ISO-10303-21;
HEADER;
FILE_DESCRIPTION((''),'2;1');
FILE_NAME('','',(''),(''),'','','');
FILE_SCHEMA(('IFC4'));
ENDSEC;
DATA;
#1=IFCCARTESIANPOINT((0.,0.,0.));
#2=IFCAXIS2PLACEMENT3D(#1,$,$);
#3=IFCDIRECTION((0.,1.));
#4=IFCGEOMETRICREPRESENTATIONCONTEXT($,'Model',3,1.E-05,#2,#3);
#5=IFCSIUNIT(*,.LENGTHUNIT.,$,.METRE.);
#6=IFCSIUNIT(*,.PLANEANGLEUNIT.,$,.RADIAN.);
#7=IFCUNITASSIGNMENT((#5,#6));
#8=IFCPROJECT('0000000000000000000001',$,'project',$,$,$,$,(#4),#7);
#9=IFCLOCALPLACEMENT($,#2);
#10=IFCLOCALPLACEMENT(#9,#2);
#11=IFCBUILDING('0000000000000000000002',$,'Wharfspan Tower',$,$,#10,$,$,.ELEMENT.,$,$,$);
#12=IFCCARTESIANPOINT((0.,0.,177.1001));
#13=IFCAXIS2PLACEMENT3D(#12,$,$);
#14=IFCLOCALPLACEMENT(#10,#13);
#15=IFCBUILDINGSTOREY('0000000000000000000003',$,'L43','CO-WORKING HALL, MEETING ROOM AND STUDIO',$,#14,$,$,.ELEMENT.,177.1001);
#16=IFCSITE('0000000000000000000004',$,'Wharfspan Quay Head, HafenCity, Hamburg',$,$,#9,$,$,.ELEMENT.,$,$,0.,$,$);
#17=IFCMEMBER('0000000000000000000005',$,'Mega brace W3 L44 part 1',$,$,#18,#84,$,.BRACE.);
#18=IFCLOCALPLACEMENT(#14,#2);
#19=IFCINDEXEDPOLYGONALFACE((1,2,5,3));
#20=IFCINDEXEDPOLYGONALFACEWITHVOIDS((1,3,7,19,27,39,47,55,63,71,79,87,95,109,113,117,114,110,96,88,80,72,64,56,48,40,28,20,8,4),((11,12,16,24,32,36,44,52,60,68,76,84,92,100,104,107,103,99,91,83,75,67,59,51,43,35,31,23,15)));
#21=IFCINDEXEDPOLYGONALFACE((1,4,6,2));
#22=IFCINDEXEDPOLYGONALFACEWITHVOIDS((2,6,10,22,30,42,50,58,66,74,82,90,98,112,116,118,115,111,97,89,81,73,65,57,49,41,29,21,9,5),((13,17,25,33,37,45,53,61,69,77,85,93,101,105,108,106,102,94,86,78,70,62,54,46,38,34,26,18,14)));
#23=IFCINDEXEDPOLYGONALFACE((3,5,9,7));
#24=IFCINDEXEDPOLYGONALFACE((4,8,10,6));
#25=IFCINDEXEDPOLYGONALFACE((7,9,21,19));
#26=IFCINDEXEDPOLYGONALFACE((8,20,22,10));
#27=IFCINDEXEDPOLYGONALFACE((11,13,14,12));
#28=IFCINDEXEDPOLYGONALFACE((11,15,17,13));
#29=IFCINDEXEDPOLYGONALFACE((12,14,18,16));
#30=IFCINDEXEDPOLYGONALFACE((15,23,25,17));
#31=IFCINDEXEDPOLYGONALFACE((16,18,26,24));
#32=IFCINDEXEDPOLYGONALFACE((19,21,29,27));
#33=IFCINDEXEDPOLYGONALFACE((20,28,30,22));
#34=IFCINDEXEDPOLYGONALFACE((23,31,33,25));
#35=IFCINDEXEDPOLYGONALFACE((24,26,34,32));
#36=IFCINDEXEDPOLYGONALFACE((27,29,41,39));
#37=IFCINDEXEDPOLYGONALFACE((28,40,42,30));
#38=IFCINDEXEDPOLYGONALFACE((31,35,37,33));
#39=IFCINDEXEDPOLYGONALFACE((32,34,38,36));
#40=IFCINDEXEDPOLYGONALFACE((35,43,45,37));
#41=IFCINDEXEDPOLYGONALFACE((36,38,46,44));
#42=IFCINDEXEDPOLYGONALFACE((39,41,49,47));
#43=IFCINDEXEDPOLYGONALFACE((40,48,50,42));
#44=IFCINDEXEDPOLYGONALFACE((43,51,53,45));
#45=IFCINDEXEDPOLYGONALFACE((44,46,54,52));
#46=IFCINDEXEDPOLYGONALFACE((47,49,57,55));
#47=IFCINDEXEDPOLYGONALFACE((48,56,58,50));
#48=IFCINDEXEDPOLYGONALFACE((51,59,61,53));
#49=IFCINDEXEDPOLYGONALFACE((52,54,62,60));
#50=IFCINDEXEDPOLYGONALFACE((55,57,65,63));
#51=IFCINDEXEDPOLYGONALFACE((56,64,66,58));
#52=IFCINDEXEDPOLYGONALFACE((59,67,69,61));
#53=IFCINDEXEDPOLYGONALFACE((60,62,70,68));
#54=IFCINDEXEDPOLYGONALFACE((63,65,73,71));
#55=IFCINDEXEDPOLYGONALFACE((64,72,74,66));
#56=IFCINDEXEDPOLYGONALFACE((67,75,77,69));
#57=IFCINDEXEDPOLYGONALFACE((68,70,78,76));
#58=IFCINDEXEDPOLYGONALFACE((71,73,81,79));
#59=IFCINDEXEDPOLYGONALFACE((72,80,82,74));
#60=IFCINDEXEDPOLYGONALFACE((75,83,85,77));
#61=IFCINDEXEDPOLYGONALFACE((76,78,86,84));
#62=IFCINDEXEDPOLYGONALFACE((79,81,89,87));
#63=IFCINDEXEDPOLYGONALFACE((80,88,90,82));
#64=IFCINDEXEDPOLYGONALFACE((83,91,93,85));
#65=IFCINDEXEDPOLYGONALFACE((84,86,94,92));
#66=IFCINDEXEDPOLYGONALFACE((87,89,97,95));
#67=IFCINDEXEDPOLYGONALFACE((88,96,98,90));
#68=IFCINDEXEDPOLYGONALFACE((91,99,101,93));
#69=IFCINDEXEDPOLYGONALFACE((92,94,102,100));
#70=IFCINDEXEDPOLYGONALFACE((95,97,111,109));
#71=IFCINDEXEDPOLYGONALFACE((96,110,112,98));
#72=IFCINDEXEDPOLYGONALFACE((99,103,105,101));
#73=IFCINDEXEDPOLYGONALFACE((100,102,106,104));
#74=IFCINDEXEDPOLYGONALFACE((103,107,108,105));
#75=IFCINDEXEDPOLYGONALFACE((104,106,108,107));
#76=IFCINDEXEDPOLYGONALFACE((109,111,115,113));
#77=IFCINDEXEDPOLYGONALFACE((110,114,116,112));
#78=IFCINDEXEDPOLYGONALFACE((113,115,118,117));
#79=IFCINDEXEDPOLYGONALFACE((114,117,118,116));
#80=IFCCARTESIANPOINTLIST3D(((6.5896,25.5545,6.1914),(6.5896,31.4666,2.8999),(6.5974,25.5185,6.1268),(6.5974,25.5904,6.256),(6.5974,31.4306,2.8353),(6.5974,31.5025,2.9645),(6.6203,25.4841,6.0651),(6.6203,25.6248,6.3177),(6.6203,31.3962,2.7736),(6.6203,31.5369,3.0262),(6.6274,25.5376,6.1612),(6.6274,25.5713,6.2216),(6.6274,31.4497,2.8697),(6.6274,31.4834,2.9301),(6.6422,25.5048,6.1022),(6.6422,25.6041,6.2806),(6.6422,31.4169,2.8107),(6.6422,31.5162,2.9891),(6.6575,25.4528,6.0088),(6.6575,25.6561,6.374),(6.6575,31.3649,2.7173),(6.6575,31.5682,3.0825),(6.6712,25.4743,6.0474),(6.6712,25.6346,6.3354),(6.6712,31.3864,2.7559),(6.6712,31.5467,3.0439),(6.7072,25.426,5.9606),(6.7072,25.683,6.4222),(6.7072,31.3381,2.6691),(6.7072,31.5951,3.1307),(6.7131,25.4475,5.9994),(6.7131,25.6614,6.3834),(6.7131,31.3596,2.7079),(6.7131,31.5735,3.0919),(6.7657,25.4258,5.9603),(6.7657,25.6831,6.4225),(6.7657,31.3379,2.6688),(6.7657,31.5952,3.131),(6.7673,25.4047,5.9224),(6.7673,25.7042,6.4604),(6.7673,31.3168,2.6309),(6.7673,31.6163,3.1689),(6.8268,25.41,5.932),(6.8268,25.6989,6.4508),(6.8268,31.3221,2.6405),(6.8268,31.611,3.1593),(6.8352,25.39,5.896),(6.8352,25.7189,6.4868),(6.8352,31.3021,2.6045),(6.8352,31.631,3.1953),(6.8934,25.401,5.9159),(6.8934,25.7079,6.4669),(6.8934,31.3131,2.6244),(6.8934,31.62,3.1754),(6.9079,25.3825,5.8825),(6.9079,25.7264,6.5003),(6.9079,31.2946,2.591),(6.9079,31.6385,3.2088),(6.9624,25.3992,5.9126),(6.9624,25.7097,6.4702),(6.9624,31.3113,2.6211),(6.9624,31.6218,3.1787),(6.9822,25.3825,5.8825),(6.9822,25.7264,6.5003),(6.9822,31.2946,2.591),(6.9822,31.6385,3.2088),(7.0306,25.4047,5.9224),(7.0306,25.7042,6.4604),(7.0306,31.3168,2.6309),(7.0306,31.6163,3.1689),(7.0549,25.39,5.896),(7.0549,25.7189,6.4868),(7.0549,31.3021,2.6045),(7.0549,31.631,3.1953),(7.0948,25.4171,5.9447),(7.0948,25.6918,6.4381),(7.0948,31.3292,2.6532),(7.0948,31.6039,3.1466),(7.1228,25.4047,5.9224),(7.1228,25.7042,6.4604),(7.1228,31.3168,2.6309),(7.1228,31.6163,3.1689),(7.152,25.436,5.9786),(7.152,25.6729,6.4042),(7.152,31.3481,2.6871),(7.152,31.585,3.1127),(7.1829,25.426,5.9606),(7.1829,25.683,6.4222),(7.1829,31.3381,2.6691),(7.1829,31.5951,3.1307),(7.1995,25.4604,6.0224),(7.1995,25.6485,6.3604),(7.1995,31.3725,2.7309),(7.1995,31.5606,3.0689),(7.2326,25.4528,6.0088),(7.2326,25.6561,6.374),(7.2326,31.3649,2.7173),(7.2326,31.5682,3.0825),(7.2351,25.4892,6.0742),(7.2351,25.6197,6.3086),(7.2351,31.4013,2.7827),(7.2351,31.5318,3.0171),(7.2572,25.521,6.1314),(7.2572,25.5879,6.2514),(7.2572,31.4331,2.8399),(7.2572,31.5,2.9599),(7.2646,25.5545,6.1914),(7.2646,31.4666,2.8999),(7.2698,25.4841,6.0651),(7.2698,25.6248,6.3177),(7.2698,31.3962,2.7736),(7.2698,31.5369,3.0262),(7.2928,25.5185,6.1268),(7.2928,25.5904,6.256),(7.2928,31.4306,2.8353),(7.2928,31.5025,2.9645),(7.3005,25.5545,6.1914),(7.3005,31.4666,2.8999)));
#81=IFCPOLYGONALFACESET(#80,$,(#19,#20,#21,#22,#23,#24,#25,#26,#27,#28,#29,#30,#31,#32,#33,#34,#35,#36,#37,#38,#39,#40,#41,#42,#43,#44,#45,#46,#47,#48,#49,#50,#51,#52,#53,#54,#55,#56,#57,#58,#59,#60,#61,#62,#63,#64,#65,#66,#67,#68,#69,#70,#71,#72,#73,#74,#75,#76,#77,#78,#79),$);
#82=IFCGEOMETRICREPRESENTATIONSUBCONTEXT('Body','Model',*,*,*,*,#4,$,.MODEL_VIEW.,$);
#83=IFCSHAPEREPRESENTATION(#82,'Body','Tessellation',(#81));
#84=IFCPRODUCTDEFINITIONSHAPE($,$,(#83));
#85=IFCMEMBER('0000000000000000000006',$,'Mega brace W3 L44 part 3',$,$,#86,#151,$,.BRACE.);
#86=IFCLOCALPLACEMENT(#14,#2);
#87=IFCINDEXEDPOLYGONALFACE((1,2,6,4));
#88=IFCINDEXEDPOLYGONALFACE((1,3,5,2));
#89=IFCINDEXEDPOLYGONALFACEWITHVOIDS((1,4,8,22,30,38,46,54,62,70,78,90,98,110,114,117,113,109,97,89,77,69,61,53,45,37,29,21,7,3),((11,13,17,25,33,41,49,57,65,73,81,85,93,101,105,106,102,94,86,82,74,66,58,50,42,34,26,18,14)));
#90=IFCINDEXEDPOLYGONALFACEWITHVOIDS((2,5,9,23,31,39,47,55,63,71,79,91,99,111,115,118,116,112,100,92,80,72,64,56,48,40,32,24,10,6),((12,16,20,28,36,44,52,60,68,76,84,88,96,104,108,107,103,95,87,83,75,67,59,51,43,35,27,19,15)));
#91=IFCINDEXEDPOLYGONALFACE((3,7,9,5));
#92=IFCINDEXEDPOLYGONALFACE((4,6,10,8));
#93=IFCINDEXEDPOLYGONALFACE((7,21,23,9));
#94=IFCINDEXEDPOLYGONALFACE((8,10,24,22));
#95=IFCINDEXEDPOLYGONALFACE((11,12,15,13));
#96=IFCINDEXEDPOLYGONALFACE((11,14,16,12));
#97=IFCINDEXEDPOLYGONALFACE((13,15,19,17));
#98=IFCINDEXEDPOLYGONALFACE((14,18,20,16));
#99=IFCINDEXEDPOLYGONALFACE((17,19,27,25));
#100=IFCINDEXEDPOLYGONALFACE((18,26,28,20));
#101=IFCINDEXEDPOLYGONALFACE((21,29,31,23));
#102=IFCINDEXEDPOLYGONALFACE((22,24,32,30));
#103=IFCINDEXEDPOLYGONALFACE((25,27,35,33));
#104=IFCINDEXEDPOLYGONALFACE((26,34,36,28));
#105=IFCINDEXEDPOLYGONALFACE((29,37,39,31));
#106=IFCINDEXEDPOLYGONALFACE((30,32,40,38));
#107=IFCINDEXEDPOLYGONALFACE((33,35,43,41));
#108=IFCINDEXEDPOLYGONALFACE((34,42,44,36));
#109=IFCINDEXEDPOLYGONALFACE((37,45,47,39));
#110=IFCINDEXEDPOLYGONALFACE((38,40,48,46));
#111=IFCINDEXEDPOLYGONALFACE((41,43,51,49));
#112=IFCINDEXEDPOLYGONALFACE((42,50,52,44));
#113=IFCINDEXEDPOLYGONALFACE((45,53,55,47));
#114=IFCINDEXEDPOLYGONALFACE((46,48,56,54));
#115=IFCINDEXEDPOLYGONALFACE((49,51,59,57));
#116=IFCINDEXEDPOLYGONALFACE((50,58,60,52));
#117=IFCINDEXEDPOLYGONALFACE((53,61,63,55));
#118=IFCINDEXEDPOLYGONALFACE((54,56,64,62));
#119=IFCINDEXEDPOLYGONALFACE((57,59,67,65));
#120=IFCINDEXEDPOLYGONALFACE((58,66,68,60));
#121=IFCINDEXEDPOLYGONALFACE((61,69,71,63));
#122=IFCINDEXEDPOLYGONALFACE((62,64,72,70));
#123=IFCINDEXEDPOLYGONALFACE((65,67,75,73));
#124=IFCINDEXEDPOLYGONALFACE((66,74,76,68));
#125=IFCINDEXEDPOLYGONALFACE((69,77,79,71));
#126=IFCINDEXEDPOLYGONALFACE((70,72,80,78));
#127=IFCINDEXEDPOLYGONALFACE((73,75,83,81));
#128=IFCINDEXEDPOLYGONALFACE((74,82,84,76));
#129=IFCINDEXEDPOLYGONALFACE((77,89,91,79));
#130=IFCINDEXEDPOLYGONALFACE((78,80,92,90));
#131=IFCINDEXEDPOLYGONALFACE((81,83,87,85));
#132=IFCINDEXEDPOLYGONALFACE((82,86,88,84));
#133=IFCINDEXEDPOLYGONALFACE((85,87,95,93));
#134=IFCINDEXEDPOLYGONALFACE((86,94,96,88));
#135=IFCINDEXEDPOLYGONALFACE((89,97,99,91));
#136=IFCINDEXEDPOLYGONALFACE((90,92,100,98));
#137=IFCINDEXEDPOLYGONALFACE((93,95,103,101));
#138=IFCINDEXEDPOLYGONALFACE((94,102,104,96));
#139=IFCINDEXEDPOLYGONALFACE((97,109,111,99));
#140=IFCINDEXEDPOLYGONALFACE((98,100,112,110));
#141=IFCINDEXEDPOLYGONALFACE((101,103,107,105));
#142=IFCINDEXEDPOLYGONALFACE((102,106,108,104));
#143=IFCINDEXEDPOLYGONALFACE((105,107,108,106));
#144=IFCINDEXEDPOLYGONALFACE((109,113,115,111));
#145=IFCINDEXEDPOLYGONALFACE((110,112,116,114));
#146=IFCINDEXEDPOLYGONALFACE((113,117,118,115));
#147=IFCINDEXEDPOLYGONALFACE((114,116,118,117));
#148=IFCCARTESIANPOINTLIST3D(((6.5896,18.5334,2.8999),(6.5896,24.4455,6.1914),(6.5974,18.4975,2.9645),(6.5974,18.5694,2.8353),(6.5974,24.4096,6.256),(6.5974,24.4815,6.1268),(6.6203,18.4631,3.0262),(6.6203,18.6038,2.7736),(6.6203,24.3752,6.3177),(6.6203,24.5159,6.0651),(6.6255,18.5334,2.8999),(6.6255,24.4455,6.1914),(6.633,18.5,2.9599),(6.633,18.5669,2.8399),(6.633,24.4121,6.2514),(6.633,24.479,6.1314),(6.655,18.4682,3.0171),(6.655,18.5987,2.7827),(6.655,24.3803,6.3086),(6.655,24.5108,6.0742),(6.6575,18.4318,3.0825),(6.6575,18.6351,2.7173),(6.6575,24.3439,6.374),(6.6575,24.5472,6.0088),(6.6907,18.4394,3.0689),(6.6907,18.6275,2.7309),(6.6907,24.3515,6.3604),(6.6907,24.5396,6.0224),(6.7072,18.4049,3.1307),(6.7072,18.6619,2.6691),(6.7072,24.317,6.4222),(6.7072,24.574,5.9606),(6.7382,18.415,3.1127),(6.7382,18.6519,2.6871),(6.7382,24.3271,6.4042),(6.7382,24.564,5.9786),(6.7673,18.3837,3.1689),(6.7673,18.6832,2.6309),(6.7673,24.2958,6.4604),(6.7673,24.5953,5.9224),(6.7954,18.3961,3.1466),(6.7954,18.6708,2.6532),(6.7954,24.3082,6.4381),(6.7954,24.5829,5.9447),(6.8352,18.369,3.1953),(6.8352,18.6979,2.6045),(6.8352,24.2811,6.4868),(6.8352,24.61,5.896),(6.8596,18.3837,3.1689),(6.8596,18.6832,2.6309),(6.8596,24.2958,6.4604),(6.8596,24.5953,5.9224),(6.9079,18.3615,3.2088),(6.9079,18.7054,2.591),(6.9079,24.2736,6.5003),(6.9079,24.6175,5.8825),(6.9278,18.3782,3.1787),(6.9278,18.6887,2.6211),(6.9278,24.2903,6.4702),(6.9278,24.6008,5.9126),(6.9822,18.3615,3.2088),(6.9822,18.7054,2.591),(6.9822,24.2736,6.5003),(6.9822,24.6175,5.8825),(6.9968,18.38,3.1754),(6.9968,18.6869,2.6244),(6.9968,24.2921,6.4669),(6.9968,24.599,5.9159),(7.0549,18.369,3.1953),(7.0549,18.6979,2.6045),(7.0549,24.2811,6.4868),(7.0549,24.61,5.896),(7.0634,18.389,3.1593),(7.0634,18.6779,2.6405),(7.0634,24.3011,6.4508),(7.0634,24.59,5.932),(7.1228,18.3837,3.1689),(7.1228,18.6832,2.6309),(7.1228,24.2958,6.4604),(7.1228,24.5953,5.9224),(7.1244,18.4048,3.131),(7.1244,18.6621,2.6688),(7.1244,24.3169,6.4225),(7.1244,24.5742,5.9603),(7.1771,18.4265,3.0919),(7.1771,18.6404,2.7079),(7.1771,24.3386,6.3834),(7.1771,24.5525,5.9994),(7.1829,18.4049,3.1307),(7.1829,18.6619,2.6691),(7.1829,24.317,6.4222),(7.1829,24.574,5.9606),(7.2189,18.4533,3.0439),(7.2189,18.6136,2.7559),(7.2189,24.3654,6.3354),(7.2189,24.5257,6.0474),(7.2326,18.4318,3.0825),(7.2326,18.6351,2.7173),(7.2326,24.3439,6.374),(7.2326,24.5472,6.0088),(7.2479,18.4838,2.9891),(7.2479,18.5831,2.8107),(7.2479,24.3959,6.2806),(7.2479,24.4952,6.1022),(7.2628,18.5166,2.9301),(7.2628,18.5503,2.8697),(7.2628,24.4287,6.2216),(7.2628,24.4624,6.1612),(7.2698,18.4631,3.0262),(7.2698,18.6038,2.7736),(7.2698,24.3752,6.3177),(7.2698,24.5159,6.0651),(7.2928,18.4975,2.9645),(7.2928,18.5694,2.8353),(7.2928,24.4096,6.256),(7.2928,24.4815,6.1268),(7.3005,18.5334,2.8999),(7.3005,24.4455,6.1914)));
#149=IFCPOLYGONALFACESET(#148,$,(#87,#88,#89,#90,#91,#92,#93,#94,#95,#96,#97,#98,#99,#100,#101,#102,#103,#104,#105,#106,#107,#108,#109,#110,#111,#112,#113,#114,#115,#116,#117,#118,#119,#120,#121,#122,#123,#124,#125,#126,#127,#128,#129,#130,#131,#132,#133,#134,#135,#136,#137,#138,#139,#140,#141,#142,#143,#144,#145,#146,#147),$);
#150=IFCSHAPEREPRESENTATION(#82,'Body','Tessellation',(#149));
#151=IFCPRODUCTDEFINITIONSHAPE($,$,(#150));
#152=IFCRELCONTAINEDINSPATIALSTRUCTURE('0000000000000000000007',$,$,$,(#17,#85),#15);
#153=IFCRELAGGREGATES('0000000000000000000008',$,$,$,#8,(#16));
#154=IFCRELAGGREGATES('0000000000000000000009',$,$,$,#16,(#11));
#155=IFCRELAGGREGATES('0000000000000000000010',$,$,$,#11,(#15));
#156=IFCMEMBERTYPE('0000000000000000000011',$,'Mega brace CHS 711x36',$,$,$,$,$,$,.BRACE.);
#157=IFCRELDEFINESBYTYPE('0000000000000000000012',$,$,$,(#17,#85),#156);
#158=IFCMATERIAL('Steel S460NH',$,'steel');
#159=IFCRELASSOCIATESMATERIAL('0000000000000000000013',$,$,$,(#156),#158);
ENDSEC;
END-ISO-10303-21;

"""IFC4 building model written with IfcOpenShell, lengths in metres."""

from ifc_helpers import new_model, si_unit, direction, frame, origin, origin_2d, place, context, subcontext, project, spatial, hollow_circle, extrude, material, material_profile, profile_set, type_object, element, save


model = new_model("IFC4")

# Units and contexts
model_context = context("Model", 3, precision=1e-05, world=origin(), true_north=direction((0.0, 1.0)))
body_context = subcontext(model_context, "Body", "Model", "MODEL_VIEW")
ifc_project = project(units=[si_unit("LENGTHUNIT", "METRE"), si_unit("PLANEANGLEUNIT", "RADIAN")], contexts=[model_context])

# Site, building, storey
site_placement = place(None, origin())
site = spatial("IfcSite", under=ifc_project, at=site_placement, Name="Wharfspan Quay Head, HafenCity, Hamburg", CompositionType="ELEMENT", RefElevation=0.0)
building_placement = place(site_placement, origin())
building = spatial("IfcBuilding", under=site, at=building_placement, Name="Wharfspan Tower", CompositionType="ELEMENT")
storey_placement = place(building_placement, frame((0.0, 0.0, 177.1001)))
storey = spatial("IfcBuildingStorey", under=building, at=storey_placement, Name="L43", Description="CO-WORKING HALL, MEETING ROOM AND STUDIO", CompositionType="ELEMENT", Elevation=177.1001)

# Members
ifc_material_1 = material(Name="Steel S460NH", Category="steel")
ifc_material_profile_1 = material_profile(ifc_material_1, hollow_circle(Radius=0.3555, WallThickness=0.0359, at=origin_2d()))
ifc_profile_set_1 = profile_set([ifc_material_profile_1], Name="Steel S460NH")
member_type_1 = type_object("IfcMemberType", Name="Mega brace CHS 711x36", PredefinedType="BRACE", material=ifc_profile_set_1)
for number, where, z_axis, x_axis, name in (
    (1, (6.9451, 31.4666, 2.8999), (0.0, -0.873718, 0.486433), (1.0, 0.0, 0.0), "Mega brace W3 L44 part 1"),
    (2, (6.9451, 18.5334, 2.8999), (0.0, 0.873718, 0.486433), (-1.0, 0.0, 0.0), "Mega brace W3 L44 part 3"),
):
    element("IfcMember", number, at=place(storey_placement, frame(where, z_axis=z_axis, x_axis=x_axis)), inside=storey, type_object=member_type_1, Name=name, PredefinedType="BRACE", context=body_context, shape_type="SweptSolid", body=[
        extrude(hollow_circle(Radius=0.3555, WallThickness=0.0359, at=origin_2d()), origin(), (0.0, 0.0, 1.0), 6.7666),
    ])

save(model, "model.ifc")
